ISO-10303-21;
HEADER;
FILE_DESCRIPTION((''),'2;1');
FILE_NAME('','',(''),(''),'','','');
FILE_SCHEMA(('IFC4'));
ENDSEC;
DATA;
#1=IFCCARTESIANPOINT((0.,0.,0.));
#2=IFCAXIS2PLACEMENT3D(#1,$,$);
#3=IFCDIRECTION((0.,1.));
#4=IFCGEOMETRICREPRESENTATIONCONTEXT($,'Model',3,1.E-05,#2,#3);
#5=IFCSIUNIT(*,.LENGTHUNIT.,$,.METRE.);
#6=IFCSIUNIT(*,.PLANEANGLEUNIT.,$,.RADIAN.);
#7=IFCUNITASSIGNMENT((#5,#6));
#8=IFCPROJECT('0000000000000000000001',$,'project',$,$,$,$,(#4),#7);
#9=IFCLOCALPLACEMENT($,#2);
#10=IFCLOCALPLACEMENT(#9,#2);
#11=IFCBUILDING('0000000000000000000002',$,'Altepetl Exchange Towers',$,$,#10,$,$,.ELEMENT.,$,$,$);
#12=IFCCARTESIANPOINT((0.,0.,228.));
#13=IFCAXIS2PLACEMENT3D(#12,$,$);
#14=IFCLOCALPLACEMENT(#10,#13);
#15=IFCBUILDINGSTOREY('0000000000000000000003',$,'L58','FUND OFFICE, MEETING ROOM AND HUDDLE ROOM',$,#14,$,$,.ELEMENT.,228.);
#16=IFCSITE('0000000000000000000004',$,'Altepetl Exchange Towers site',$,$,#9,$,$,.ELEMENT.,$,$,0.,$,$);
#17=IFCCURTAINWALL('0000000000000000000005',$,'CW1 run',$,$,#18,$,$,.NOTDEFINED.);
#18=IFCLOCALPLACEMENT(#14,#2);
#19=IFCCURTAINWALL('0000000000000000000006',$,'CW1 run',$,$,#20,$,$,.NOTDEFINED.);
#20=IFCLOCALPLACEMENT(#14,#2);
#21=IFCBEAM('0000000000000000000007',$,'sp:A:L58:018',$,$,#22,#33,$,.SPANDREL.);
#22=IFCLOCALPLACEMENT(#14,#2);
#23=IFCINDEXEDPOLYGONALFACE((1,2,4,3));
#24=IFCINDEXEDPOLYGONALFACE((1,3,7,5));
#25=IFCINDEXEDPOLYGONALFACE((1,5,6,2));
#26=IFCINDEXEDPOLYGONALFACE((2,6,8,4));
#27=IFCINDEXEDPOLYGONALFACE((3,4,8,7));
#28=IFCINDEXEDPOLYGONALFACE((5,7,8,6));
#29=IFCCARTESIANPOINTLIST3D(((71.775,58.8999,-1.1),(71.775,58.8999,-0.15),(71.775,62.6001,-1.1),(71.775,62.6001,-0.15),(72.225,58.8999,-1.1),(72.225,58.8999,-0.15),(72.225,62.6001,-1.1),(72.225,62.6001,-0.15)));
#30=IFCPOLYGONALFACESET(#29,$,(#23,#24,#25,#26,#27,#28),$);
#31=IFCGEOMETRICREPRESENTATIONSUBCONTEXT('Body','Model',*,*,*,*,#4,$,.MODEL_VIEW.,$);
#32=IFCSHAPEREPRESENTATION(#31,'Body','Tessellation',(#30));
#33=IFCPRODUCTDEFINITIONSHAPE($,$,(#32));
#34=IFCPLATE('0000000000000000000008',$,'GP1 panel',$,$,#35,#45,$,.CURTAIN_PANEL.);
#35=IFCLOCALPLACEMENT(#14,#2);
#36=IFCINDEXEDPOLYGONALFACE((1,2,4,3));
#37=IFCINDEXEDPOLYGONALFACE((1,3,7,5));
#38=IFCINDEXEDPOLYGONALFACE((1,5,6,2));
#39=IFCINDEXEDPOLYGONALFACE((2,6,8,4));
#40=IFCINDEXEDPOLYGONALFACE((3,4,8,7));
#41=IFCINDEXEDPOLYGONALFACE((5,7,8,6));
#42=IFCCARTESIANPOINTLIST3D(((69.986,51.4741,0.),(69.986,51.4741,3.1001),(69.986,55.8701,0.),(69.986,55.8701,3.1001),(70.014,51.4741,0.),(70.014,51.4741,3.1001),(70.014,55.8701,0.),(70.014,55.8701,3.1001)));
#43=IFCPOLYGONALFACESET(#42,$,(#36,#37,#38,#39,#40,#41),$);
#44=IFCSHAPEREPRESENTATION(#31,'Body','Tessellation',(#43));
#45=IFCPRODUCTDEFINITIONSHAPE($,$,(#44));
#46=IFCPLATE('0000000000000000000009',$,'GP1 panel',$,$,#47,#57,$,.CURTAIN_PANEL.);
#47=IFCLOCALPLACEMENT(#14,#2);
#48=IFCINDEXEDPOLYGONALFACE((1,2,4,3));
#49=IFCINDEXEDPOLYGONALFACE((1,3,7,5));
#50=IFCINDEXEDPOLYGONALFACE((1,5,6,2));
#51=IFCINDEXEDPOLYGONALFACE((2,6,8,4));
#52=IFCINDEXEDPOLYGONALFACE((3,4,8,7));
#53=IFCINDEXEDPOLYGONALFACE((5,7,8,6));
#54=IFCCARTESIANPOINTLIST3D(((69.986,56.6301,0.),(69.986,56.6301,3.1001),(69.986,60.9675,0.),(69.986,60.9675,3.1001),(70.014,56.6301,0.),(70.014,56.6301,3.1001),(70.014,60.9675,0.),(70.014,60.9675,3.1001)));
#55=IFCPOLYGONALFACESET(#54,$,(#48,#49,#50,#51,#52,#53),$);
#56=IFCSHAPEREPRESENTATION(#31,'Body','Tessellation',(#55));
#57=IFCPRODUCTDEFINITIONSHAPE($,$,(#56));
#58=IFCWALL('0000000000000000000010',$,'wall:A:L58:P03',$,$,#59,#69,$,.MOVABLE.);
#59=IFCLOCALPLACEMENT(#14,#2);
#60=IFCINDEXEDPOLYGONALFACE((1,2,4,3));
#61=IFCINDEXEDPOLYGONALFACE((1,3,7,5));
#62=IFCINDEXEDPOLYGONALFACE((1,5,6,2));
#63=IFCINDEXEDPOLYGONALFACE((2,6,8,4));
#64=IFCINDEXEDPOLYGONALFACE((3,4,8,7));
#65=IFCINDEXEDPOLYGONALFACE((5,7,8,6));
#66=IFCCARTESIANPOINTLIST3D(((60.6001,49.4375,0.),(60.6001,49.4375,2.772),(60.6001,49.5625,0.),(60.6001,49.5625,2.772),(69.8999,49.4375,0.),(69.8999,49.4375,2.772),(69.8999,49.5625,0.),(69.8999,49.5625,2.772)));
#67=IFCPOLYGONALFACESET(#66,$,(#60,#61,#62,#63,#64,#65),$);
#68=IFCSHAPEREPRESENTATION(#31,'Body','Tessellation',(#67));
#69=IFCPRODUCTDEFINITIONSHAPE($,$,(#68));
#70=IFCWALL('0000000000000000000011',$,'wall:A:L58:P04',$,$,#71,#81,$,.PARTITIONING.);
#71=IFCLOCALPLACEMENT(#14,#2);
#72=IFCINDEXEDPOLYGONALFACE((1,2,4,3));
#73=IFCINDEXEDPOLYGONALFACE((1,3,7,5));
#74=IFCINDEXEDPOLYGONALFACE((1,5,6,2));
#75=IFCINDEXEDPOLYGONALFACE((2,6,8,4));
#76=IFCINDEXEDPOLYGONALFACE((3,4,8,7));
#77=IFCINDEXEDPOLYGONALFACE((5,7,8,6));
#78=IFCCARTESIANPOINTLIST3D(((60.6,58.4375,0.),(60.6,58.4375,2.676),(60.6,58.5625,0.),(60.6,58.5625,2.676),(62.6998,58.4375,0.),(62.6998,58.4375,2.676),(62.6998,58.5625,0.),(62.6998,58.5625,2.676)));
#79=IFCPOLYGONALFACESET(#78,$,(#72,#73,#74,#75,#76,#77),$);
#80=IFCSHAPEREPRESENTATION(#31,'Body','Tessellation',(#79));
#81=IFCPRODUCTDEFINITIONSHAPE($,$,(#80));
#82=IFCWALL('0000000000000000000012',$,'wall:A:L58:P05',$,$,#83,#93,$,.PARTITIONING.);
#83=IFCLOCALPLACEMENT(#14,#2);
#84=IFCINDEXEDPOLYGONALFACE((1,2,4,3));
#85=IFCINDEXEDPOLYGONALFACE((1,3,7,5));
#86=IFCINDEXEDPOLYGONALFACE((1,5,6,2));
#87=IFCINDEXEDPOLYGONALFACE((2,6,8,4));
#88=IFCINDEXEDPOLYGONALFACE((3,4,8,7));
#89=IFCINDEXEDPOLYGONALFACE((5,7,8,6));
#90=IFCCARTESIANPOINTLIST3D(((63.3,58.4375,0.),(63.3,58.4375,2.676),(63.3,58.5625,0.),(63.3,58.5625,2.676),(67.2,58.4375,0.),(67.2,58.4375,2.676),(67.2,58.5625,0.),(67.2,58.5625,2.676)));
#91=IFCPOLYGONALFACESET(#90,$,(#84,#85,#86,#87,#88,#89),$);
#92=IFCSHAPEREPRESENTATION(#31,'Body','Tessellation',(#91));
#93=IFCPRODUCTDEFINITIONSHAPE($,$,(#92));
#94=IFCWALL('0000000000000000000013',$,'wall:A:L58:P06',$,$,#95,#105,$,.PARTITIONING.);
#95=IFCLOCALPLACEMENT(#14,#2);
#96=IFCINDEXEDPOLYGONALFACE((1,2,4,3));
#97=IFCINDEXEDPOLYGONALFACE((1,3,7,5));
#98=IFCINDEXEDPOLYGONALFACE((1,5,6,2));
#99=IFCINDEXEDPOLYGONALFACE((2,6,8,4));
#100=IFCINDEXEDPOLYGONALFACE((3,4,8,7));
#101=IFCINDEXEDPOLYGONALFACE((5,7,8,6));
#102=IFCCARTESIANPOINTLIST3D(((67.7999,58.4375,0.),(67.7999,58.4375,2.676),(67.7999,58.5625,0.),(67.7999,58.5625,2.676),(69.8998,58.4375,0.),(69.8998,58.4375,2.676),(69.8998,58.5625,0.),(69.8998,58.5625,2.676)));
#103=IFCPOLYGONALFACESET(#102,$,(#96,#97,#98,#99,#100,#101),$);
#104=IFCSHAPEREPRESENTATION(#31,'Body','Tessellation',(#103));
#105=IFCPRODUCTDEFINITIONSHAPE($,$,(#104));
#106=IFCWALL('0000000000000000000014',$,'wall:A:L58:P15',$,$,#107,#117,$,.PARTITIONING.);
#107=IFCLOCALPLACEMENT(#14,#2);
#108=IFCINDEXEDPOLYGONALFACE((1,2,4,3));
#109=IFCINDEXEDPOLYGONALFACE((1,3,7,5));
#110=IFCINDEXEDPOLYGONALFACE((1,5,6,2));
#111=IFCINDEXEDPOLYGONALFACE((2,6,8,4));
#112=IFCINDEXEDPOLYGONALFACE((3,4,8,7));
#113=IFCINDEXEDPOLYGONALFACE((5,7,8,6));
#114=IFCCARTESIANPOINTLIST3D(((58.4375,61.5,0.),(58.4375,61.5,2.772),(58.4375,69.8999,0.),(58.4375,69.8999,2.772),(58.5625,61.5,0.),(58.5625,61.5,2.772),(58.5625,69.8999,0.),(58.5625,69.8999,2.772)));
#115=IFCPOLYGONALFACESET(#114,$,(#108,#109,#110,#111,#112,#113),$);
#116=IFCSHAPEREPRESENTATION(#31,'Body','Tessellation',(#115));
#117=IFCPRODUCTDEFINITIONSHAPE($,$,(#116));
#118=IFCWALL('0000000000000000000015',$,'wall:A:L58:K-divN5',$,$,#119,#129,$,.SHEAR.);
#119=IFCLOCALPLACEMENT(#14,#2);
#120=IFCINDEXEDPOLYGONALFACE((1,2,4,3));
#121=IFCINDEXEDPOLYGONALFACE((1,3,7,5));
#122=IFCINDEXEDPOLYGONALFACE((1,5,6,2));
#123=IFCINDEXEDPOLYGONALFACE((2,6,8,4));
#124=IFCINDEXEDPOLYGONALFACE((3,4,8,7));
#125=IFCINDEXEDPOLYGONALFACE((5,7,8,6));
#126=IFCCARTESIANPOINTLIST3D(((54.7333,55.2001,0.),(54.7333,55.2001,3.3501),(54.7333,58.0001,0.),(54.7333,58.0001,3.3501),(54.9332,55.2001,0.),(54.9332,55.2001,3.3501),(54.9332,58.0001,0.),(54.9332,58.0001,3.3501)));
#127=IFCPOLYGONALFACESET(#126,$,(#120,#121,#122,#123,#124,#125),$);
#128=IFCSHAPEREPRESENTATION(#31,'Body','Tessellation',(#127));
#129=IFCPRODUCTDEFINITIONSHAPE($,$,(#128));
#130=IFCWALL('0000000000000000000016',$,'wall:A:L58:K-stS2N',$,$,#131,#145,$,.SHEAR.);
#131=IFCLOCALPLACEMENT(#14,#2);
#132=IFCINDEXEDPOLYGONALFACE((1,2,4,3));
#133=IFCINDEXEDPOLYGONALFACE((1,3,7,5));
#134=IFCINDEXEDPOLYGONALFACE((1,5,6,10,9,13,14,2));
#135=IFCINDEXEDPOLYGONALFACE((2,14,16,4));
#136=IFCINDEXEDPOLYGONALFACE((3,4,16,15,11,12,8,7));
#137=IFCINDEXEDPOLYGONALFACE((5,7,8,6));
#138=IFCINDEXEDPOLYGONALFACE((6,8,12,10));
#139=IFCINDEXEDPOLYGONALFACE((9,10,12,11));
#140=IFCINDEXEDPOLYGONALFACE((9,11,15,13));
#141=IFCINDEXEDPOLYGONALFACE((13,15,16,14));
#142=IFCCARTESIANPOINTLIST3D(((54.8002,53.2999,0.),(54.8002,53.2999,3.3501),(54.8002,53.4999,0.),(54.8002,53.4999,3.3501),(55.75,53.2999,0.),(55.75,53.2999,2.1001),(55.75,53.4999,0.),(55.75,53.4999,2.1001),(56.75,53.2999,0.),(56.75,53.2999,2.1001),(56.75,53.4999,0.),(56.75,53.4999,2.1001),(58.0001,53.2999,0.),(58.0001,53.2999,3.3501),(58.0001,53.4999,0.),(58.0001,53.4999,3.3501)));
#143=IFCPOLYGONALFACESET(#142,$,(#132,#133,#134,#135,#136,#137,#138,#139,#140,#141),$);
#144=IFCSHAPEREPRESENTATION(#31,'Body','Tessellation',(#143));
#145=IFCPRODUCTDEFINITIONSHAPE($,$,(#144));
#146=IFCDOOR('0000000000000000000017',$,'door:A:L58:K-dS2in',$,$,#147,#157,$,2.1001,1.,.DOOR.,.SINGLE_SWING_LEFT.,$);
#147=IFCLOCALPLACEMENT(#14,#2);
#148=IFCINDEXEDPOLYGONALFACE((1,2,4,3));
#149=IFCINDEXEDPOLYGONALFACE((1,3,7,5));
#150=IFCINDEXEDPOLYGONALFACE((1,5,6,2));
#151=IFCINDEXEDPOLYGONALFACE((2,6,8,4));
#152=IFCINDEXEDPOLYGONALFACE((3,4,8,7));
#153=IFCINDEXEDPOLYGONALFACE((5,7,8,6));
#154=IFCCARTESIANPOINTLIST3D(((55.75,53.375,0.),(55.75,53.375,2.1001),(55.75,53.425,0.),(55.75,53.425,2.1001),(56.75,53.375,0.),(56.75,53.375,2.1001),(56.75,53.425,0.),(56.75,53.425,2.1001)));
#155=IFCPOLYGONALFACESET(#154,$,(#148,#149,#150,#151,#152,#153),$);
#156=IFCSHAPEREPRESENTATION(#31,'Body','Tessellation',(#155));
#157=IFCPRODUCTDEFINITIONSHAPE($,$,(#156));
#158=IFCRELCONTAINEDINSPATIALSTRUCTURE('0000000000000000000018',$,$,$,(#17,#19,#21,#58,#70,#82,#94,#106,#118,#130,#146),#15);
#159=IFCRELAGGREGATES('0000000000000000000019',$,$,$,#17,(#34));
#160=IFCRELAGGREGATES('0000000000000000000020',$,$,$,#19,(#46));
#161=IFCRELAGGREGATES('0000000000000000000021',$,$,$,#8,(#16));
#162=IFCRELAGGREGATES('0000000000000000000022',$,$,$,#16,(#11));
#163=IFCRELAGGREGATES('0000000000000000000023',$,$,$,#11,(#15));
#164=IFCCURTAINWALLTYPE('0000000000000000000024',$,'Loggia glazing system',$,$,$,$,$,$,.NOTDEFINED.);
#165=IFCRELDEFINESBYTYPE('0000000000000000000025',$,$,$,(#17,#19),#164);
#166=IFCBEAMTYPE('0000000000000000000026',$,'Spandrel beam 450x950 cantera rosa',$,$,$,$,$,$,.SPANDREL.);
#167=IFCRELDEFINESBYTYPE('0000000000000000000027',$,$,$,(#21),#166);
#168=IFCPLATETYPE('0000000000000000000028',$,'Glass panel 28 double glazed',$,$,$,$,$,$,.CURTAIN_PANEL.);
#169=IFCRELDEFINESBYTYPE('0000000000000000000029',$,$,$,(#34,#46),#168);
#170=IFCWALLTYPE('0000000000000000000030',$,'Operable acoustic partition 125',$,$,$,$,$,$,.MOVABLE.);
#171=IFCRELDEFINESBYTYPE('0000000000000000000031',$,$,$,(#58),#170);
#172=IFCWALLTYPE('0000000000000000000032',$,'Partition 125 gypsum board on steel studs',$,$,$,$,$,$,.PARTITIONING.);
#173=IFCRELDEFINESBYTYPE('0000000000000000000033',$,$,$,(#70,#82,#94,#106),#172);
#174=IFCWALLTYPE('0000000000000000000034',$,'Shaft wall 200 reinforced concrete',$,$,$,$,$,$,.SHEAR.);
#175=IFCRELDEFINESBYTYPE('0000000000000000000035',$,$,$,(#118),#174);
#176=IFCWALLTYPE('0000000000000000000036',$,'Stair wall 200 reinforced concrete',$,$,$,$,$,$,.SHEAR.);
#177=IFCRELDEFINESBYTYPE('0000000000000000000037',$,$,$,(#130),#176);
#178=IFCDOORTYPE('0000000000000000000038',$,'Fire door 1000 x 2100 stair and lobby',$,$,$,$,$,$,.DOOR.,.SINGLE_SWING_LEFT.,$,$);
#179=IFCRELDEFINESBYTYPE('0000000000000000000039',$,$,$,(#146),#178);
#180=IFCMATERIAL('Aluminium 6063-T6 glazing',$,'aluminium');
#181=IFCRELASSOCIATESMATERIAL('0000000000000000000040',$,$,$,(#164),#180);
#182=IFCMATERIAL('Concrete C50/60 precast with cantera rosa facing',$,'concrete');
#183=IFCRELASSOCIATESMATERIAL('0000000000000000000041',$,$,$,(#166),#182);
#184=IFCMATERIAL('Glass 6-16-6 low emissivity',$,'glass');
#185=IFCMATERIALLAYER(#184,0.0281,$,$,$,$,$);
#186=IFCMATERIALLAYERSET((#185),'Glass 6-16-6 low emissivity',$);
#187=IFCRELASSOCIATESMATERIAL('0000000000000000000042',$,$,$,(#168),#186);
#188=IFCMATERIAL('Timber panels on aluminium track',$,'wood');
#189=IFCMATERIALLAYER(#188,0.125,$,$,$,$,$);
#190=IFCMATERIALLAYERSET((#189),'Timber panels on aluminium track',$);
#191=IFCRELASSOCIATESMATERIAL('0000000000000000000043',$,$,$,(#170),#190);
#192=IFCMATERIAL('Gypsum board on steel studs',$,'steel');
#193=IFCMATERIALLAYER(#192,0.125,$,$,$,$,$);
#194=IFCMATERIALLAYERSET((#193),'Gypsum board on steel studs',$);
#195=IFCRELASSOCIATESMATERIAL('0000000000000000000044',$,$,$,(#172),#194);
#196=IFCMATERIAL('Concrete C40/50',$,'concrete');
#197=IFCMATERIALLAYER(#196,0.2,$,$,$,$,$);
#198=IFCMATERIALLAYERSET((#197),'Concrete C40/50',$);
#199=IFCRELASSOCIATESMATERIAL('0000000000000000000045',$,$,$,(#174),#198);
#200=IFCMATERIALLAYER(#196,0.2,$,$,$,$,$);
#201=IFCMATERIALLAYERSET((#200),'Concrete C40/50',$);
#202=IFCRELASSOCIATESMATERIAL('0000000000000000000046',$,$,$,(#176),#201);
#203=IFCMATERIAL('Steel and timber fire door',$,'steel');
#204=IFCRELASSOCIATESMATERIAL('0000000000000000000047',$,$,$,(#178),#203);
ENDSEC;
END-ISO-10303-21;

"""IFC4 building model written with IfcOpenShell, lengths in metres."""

from ifc_helpers import new_model, si_unit, direction, frame, frame_2d, origin, origin_2d, place, context, subcontext, project, spatial, rectangle, extrude, material, layer, layer_set, material_profile, profile_set, type_object, element, fill, aggregate, save


model = new_model("IFC4")

# Units and contexts
model_context = context("Model", 3, precision=1e-05, world=origin(), true_north=direction((0.0, 1.0)))
body_context = subcontext(model_context, "Body", "Model", "MODEL_VIEW")
ifc_project = project(units=[si_unit("LENGTHUNIT", "METRE"), si_unit("PLANEANGLEUNIT", "RADIAN")], contexts=[model_context])

# Site, building, storey
site_placement = place(None, origin())
site = spatial("IfcSite", under=ifc_project, at=site_placement, Name="Altepetl Exchange Towers site", CompositionType="ELEMENT", RefElevation=0.0)
building_placement = place(site_placement, origin())
building = spatial("IfcBuilding", under=site, at=building_placement, Name="Altepetl Exchange Towers", CompositionType="ELEMENT")
storey_placement = place(building_placement, frame((0.0, 0.0, 228.0)))
storey = spatial("IfcBuildingStorey", under=building, at=storey_placement, Name="L58", Description="FUND OFFICE, MEETING ROOM AND HUDDLE ROOM", CompositionType="ELEMENT", Elevation=228.0)

# Curtain walls
ifc_material_1 = material(Name="Aluminium 6063-T6 glazing", Category="aluminium")
curtain_wall_type = type_object("IfcCurtainWallType", Name="Loggia glazing system", PredefinedType="NOTDEFINED", material=ifc_material_1)
curtain_wall_1_placement = place(storey_placement, origin())
curtain_wall_1 = element("IfcCurtainWall", 1, at=curtain_wall_1_placement, inside=storey, type_object=curtain_wall_type, Name="CW1 run", PredefinedType="NOTDEFINED")
curtain_wall_2_placement = place(storey_placement, origin())
curtain_wall_2 = element("IfcCurtainWall", 2, at=curtain_wall_2_placement, inside=storey, type_object=curtain_wall_type, Name="CW1 run", PredefinedType="NOTDEFINED")

# Beam
ifc_material_2 = material(Name="Concrete C50/60 precast with cantera rosa facing", Category="concrete")
ifc_material_profile_1 = material_profile(ifc_material_2, rectangle(XDim=0.45, YDim=0.95, at=origin_2d()), Name="450 x 950")
ifc_profile_set_1 = profile_set([ifc_material_profile_1], Name="Concrete C50/60 precast with cantera rosa facing")
beam_type_1 = type_object("IfcBeamType", Name="Spandrel beam 450x950 cantera rosa", PredefinedType="SPANDREL", material=ifc_profile_set_1)
beam_1_placement = place(storey_placement, frame((72.0, 58.8999, -0.625), z_axis=(0.0, 1.0, 0.0), x_axis=(-1.0, 0.0, 0.0)))
element("IfcBeam", 3, at=beam_1_placement, inside=storey, type_object=beam_type_1, Name="sp:A:L58:018", PredefinedType="SPANDREL", context=body_context, shape_type="SweptSolid", body=[
    extrude(rectangle(XDim=0.45, YDim=0.95, at=origin_2d()), origin(), (0.0, 0.0, 1.0), 3.7002),
])

# Plates
ifc_material_3 = material(Name="Glass 6-16-6 low emissivity", Category="glass")
ifc_layer_1 = layer(ifc_material_3, 0.0281)
ifc_layer_set_1 = layer_set([ifc_layer_1], Name="Glass 6-16-6 low emissivity")
plate_type = type_object("IfcPlateType", Name="Glass panel 28 double glazed", PredefinedType="CURTAIN_PANEL", material=ifc_layer_set_1)
plate_1_placement = place(storey_placement, frame((70.0, 53.6721, 0.0), z_axis=(0.0, 0.0, 1.0), x_axis=(0.0, 1.0, 0.0)))
plate_1 = element("IfcPlate", 4, at=plate_1_placement, type_object=plate_type, Name="GP1 panel", PredefinedType="CURTAIN_PANEL", context=body_context, shape_type="SweptSolid", body=[
    extrude(rectangle(XDim=4.396, YDim=0.0281, at=origin_2d()), origin(), (0.0, 0.0, 1.0), 3.1001),
])
aggregate(curtain_wall_1, [plate_1])
plate_2_placement = place(storey_placement, frame((70.0, 58.7988, 0.0), z_axis=(0.0, 0.0, 1.0), x_axis=(0.0, 1.0, 0.0)))
plate_2 = element("IfcPlate", 5, at=plate_2_placement, type_object=plate_type, Name="GP1 panel", PredefinedType="CURTAIN_PANEL", context=body_context, shape_type="SweptSolid", body=[
    extrude(rectangle(XDim=4.3374, YDim=0.0281, at=origin_2d()), origin(), (0.0, 0.0, 1.0), 3.1001),
])
aggregate(curtain_wall_2, [plate_2])

# Walls
ifc_material_4 = material(Name="Timber panels on aluminium track", Category="wood")
ifc_layer_2 = layer(ifc_material_4, 0.125)
ifc_layer_set_2 = layer_set([ifc_layer_2], Name="Timber panels on aluminium track")
wall_type_1 = type_object("IfcWallType", Name="Operable acoustic partition 125", PredefinedType="MOVABLE", material=ifc_layer_set_2)
wall_1_placement = place(storey_placement, frame((60.6001, 49.5, 0.0)))
element("IfcWall", 6, at=wall_1_placement, inside=storey, type_object=wall_type_1, Name="wall:A:L58:P03", PredefinedType="MOVABLE", context=body_context, shape_type="SweptSolid", body=[
    extrude(rectangle(XDim=9.2998, YDim=0.125, at=frame_2d((4.6499, 0.0))), origin(), (0.0, 0.0, 1.0), 2.772),
])
ifc_material_5 = material(Name="Gypsum board on steel studs", Category="steel")
ifc_layer_3 = layer(ifc_material_5, 0.125)
ifc_layer_set_3 = layer_set([ifc_layer_3], Name="Gypsum board on steel studs")
wall_type_2 = type_object("IfcWallType", Name="Partition 125 gypsum board on steel studs", PredefinedType="PARTITIONING", material=ifc_layer_set_3)
wall_2_placement = place(storey_placement, frame((60.6001, 58.5, 0.0)))
element("IfcWall", 7, at=wall_2_placement, inside=storey, type_object=wall_type_2, Name="wall:A:L58:P04", PredefinedType="PARTITIONING", context=body_context, shape_type="SweptSolid", body=[
    extrude(rectangle(XDim=2.0999, YDim=0.125, at=frame_2d((1.0498, 0.0))), origin(), (0.0, 0.0, 1.0), 2.676),
])
wall_3_placement = place(storey_placement, frame((63.3, 58.5, 0.0)))
element("IfcWall", 8, at=wall_3_placement, inside=storey, type_object=wall_type_2, Name="wall:A:L58:P05", PredefinedType="PARTITIONING", context=body_context, shape_type="SweptSolid", body=[
    extrude(rectangle(XDim=3.8999, YDim=0.125, at=frame_2d((1.95, 0.0))), origin(), (0.0, 0.0, 1.0), 2.676),
])
wall_4_placement = place(storey_placement, frame((67.8, 58.5, 0.0)))
element("IfcWall", 9, at=wall_4_placement, inside=storey, type_object=wall_type_2, Name="wall:A:L58:P06", PredefinedType="PARTITIONING", context=body_context, shape_type="SweptSolid", body=[
    extrude(rectangle(XDim=2.0999, YDim=0.125, at=frame_2d((1.0498, 0.0))), origin(), (0.0, 0.0, 1.0), 2.676),
])
wall_5_placement = place(storey_placement, frame((58.5, 61.5, 0.0), z_axis=(0.0, 0.0, 1.0), x_axis=(0.0, 1.0, 0.0)))
element("IfcWall", 10, at=wall_5_placement, inside=storey, type_object=wall_type_2, Name="wall:A:L58:P15", PredefinedType="PARTITIONING", context=body_context, shape_type="SweptSolid", body=[
    extrude(rectangle(XDim=8.3999, YDim=0.125, at=frame_2d((4.2, 0.0))), origin(), (0.0, 0.0, 1.0), 2.772),
])
ifc_material_6 = material(Name="Concrete C40/50", Category="concrete")
ifc_layer_4 = layer(ifc_material_6, 0.2)
ifc_layer_set_4 = layer_set([ifc_layer_4], Name="Concrete C40/50")
wall_type_3 = type_object("IfcWallType", Name="Shaft wall 200 reinforced concrete", PredefinedType="SHEAR", material=ifc_layer_set_4)
wall_6_placement = place(storey_placement, frame((54.8333, 58.0, 0.0), z_axis=(0.0, 0.0, 1.0), x_axis=(0.0, -1.0, 0.0)))
element("IfcWall", 11, at=wall_6_placement, inside=storey, type_object=wall_type_3, Name="wall:A:L58:K-divN5", PredefinedType="SHEAR", context=body_context, shape_type="SweptSolid", body=[
    extrude(rectangle(XDim=2.8, YDim=0.2, at=frame_2d((1.3999, 0.0))), origin(), (0.0, 0.0, 1.0), 3.3501),
])

# Wall, opening, door
ifc_layer_5 = layer(ifc_material_6, 0.2)
ifc_layer_set_5 = layer_set([ifc_layer_5], Name="Concrete C40/50")
wall_type_4 = type_object("IfcWallType", Name="Stair wall 200 reinforced concrete", PredefinedType="SHEAR", material=ifc_layer_set_5)
wall_7_placement = place(storey_placement, frame((54.8, 53.3999, 0.0)))
wall_7 = element("IfcWall", 12, at=wall_7_placement, inside=storey, type_object=wall_type_4, Name="wall:A:L58:K-stS2N", PredefinedType="SHEAR", context=body_context, shape_type="SweptSolid", body=[
    extrude(rectangle(XDim=3.2, YDim=0.2, at=frame_2d((1.6001, 0.0))), origin(), (0.0, 0.0, 1.0), 3.3501),
])
opening_placement = place(wall_7_placement, frame((0.95, 0.0, 0.0)))
opening = element("IfcOpeningElement", 13, at=opening_placement, cuts=wall_7, PredefinedType="OPENING", context=body_context, shape_type="SweptSolid", body=[
    extrude(rectangle(XDim=1.0, YDim=2.1001, at=frame_2d((0.5, 1.05))), frame((0.0, 0.1099, 0.0), z_axis=(0.0, -1.0, 0.0), x_axis=(1.0, 0.0, 0.0)), (0.0, 0.0, 1.0), 0.22),
])
ifc_material_7 = material(Name="Steel and timber fire door", Category="steel")
door_type = type_object("IfcDoorType", Name="Fire door 1000 x 2100 stair and lobby", OperationType="SINGLE_SWING_LEFT", PredefinedType="DOOR", material=ifc_material_7)
door_placement = place(opening_placement, frame((1.0, 0.0, 0.0), x_axis=(-1.0, 0.0, 0.0)))
door = element("IfcDoor", 14, at=door_placement, inside=storey, type_object=door_type, Name="door:A:L58:K-dS2in", OperationType="SINGLE_SWING_LEFT", OverallHeight=2.1001, OverallWidth=1.0, PredefinedType="DOOR", context=body_context, shape_type="SweptSolid", body=[
    extrude(rectangle(XDim=1.0, YDim=2.1001, at=frame_2d((0.5, 1.05))), frame((0.0, 0.0249, 0.0), z_axis=(0.0, -1.0, 0.0), x_axis=(1.0, 0.0, 0.0)), (0.0, 0.0, 1.0), 0.05),
])
fill(opening, door)

save(model, "model.ifc")
